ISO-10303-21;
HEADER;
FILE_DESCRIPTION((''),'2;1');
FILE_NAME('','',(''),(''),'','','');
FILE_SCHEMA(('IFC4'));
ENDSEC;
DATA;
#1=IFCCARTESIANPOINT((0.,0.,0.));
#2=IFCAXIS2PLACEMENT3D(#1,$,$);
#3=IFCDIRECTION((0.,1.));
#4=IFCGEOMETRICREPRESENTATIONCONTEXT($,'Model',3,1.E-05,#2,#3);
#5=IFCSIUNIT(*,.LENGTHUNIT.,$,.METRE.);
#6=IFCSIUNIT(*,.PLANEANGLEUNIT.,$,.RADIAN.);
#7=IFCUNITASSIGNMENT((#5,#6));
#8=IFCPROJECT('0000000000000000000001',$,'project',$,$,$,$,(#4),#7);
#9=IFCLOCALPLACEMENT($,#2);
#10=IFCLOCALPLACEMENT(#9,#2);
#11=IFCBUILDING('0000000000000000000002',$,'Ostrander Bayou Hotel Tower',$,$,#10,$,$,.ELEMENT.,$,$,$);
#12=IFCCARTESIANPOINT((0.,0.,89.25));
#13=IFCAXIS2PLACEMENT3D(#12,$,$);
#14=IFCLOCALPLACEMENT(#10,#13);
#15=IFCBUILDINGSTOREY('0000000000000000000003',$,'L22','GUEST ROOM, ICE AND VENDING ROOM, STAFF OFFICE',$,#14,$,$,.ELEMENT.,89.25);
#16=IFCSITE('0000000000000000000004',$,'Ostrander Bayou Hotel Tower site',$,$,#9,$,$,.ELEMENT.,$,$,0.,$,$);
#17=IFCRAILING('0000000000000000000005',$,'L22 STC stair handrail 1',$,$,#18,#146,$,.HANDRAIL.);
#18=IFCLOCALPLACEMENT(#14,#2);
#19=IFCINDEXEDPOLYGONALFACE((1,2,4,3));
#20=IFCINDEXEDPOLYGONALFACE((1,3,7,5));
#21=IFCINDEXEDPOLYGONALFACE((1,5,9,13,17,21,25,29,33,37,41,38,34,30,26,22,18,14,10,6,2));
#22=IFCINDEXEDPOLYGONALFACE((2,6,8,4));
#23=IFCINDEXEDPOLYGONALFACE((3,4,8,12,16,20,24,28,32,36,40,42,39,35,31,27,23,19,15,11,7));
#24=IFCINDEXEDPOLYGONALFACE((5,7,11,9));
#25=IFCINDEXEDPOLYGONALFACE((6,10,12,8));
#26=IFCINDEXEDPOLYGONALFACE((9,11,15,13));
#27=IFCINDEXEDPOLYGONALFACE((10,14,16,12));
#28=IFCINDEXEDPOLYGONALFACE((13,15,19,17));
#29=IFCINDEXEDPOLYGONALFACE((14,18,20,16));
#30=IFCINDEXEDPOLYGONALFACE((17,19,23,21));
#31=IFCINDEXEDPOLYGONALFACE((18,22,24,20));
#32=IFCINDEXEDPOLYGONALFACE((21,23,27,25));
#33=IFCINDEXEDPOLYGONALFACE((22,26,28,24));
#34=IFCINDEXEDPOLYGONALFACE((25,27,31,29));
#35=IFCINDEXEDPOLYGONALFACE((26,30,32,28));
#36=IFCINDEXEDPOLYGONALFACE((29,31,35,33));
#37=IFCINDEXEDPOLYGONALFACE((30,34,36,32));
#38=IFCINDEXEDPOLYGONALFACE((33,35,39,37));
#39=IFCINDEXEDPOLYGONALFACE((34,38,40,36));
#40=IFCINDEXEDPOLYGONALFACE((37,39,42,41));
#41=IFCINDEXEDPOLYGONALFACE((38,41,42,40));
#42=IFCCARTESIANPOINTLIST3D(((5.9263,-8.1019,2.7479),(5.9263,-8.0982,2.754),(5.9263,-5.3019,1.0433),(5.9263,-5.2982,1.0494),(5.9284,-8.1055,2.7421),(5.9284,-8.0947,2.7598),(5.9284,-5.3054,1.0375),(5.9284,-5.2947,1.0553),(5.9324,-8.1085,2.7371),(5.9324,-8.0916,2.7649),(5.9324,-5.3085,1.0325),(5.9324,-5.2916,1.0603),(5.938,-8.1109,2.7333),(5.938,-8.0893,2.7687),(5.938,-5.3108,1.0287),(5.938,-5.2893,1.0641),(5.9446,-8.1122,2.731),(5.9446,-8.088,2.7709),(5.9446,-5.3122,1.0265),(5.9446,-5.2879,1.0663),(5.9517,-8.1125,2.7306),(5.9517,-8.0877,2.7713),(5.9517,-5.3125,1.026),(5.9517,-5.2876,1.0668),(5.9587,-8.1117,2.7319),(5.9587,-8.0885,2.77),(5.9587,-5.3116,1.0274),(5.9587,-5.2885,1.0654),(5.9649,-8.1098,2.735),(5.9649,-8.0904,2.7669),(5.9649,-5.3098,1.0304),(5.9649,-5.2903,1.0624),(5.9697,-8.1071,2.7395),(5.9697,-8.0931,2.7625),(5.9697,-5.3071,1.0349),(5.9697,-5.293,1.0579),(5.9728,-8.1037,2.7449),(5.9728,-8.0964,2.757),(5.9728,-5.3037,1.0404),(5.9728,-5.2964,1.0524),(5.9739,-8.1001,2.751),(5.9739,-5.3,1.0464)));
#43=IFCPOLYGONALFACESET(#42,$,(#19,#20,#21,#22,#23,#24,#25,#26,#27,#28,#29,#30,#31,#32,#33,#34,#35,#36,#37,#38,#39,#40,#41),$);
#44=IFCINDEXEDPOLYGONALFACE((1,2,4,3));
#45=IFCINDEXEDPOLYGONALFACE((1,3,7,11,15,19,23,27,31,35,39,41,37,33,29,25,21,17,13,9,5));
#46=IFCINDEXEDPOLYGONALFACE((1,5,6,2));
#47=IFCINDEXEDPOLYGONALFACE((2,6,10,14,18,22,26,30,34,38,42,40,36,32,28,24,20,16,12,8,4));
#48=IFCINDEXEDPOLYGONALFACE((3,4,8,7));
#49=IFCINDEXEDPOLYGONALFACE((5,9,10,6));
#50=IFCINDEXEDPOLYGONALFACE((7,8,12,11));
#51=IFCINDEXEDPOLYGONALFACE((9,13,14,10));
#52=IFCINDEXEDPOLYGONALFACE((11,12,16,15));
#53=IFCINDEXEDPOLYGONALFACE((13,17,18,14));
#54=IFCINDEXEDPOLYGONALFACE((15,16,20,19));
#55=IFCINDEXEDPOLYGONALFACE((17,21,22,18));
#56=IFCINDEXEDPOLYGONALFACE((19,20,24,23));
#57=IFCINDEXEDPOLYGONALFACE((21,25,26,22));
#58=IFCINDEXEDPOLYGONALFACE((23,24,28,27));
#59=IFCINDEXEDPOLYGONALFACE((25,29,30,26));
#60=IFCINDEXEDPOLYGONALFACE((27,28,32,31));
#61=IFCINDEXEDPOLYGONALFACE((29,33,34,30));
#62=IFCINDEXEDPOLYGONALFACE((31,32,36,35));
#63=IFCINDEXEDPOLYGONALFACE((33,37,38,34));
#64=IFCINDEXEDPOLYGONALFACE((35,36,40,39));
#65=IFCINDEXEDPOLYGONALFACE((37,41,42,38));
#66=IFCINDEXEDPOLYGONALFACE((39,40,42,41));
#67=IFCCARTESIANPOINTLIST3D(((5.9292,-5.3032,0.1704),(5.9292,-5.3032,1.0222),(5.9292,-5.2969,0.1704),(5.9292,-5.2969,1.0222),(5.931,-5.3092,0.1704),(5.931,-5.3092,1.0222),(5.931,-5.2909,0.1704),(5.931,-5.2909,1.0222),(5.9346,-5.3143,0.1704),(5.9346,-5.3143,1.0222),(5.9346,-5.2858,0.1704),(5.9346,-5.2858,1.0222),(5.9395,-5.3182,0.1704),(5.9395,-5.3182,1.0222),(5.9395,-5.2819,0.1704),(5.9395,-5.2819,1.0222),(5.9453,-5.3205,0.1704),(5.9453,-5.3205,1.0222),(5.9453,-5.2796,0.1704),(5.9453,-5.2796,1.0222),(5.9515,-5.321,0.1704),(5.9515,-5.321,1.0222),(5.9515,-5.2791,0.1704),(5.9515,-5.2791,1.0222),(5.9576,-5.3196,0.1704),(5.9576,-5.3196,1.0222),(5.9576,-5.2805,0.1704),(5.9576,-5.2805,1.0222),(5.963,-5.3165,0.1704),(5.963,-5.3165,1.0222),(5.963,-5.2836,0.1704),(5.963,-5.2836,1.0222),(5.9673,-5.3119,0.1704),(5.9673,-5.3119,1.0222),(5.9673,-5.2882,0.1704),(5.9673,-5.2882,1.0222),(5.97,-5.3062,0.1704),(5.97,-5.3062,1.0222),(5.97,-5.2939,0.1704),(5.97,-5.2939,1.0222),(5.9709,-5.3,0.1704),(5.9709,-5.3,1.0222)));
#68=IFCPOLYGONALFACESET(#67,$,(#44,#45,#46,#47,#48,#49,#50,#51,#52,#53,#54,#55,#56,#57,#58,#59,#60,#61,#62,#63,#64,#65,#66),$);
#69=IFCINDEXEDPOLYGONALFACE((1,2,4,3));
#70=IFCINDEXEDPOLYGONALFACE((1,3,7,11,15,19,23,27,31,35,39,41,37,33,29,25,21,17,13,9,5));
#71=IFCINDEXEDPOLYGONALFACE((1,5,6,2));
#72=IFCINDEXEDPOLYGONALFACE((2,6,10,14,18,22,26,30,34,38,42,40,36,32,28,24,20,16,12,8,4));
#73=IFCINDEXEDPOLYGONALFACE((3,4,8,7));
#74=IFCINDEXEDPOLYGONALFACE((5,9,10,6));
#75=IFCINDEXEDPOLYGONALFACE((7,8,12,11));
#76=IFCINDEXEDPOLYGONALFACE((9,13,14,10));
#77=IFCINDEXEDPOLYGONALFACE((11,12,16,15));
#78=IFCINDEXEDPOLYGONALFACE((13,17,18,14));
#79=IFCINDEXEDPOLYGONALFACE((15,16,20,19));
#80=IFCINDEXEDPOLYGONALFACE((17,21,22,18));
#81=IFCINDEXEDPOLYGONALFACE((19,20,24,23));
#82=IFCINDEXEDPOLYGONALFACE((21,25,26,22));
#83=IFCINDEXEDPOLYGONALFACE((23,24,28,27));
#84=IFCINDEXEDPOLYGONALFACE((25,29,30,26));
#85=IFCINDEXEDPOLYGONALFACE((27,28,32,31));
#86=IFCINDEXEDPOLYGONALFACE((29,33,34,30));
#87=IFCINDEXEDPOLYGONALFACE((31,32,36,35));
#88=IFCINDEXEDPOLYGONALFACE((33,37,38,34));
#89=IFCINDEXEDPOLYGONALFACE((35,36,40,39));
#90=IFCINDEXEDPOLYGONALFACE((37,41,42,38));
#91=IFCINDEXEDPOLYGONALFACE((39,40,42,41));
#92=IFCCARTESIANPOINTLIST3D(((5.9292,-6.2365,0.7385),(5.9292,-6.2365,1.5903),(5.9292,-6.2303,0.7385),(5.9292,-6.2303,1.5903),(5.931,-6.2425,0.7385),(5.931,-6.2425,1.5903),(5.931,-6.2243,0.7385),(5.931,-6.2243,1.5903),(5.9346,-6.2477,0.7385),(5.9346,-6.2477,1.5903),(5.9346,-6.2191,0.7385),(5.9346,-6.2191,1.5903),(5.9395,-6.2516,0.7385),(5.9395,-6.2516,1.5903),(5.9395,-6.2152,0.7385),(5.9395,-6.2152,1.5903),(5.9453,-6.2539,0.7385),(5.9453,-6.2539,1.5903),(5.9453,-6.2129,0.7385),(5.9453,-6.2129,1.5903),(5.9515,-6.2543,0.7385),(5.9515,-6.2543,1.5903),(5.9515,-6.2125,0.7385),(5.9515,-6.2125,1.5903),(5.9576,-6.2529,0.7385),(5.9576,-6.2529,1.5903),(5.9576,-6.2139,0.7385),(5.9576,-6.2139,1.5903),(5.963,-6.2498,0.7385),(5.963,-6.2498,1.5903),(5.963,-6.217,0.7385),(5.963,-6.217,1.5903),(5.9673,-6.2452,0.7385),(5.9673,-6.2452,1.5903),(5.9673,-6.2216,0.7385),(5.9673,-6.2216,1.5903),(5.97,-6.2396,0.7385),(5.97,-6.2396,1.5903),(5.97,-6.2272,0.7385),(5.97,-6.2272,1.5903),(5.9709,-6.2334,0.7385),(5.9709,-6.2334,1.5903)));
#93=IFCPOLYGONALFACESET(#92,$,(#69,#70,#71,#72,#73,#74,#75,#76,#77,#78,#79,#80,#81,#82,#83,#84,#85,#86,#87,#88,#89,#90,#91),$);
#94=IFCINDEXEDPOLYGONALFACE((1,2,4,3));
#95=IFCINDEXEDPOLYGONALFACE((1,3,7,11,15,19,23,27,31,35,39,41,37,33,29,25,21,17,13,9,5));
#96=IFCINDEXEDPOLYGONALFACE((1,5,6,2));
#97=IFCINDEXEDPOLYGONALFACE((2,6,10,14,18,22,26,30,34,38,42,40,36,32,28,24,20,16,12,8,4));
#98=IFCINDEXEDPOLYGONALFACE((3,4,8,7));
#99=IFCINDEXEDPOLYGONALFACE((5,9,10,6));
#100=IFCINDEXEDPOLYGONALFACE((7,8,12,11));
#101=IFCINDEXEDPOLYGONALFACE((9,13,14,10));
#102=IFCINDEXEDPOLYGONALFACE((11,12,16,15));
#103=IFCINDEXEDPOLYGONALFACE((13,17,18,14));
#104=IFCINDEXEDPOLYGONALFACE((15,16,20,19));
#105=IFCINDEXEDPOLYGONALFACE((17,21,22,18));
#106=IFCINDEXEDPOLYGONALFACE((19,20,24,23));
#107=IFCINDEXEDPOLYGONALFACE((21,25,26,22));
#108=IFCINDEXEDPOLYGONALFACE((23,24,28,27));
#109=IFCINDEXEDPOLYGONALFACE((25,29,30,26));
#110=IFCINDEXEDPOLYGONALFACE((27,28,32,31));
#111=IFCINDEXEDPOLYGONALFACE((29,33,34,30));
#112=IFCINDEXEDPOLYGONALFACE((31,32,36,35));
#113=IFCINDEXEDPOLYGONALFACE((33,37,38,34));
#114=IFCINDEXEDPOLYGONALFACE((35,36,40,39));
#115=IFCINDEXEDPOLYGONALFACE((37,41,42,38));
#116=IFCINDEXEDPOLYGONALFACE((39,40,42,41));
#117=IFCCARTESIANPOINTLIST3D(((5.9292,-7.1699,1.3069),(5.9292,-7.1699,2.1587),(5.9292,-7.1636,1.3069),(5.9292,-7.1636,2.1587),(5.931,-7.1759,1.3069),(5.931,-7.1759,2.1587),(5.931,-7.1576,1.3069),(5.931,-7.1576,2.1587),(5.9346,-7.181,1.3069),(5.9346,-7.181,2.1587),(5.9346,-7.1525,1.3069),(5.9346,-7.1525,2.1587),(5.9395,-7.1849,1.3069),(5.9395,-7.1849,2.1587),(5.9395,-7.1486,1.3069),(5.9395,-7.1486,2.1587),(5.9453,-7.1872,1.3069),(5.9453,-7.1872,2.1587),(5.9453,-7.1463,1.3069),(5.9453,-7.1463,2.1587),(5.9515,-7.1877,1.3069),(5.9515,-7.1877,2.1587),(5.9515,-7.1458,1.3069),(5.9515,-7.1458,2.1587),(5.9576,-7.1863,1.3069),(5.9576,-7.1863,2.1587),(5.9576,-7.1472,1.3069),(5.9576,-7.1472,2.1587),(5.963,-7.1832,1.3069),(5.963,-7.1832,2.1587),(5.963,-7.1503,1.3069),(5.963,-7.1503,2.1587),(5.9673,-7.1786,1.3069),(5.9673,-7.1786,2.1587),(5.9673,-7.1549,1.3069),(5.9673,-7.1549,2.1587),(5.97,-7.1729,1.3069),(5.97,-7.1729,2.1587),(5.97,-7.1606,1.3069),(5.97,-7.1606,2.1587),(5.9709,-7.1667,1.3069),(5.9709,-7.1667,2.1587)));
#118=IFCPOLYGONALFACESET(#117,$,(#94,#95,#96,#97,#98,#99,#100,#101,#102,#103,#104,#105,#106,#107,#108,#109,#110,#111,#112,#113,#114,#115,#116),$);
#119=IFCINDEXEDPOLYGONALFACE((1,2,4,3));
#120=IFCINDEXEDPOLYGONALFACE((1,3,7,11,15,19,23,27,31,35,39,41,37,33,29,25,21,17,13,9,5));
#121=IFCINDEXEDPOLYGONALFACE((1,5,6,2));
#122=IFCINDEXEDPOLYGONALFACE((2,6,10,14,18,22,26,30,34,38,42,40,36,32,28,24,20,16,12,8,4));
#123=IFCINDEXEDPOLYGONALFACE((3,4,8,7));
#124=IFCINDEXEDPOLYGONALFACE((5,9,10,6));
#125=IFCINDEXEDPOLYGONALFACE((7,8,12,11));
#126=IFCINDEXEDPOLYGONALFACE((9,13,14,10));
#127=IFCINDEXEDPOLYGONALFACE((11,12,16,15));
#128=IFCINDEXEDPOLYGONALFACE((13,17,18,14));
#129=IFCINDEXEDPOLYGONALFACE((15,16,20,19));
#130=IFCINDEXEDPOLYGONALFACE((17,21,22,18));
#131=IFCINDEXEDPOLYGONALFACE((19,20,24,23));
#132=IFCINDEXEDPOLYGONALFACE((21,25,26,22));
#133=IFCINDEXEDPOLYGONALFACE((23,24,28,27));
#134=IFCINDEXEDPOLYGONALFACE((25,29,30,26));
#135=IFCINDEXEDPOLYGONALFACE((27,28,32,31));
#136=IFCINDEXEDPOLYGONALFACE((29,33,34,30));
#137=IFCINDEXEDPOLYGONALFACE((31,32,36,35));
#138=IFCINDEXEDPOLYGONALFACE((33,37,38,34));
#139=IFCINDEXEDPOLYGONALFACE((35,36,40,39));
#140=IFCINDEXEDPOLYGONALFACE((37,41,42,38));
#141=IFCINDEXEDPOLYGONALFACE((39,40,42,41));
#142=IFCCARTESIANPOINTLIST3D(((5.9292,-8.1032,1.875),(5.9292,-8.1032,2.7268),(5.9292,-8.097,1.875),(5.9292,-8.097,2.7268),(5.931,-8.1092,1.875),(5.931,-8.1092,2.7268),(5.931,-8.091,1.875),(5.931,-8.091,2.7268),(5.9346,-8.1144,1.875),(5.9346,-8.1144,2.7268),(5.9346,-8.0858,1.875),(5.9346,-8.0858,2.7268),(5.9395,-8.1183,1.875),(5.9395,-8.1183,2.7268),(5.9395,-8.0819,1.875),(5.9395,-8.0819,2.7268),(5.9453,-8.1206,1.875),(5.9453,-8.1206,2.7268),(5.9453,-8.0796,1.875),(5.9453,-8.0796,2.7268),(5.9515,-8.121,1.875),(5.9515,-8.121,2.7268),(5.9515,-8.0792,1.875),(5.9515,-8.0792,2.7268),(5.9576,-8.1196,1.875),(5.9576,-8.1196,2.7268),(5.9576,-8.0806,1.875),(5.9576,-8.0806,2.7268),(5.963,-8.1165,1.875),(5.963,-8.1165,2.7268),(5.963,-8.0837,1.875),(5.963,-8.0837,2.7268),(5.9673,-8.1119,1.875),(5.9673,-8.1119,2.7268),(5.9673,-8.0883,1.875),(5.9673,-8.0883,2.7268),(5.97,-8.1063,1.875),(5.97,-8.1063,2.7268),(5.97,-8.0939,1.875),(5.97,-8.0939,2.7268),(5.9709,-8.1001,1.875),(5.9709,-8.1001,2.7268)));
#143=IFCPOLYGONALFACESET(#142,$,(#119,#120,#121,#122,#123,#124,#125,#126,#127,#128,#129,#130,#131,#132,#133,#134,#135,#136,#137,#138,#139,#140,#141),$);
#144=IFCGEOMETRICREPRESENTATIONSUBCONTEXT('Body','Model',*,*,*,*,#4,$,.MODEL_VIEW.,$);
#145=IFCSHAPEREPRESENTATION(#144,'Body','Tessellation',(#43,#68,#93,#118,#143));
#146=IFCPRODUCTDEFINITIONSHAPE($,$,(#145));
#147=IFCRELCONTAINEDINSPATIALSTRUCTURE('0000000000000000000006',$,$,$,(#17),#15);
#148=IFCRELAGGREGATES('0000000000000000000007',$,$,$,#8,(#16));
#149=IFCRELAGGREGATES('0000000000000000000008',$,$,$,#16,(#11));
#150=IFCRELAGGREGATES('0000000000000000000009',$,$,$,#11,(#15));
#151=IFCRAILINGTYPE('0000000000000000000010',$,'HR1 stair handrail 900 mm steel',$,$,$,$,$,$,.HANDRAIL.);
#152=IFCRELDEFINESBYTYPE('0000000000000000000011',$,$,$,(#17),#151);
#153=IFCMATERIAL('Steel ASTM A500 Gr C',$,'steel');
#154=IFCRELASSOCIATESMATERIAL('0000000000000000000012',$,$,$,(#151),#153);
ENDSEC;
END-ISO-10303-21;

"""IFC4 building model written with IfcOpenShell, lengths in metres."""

from ifc_helpers import new_model, si_unit, direction, frame, origin, origin_2d, place, context, subcontext, project, spatial, circle, extrude, material, type_object, element, save


model = new_model("IFC4")

# Units and contexts
model_context = context("Model", 3, precision=1e-05, world=origin(), true_north=direction((0.0, 1.0)))
body_context = subcontext(model_context, "Body", "Model", "MODEL_VIEW")
ifc_project = project(units=[si_unit("LENGTHUNIT", "METRE"), si_unit("PLANEANGLEUNIT", "RADIAN")], contexts=[model_context])

# Site, building, storey
site_placement = place(None, origin())
site = spatial("IfcSite", under=ifc_project, at=site_placement, Name="Ostrander Bayou Hotel Tower site", CompositionType="ELEMENT", RefElevation=0.0)
building_placement = place(site_placement, origin())
building = spatial("IfcBuilding", under=site, at=building_placement, Name="Ostrander Bayou Hotel Tower", CompositionType="ELEMENT")
storey_placement = place(building_placement, frame((0.0, 0.0, 89.25)))
storey = spatial("IfcBuildingStorey", under=building, at=storey_placement, Name="L22", Description="GUEST ROOM, ICE AND VENDING ROOM, STAFF OFFICE", CompositionType="ELEMENT", Elevation=89.25)

# Railing
ifc_material_1 = material(Name="Steel ASTM A500 Gr C", Category="steel")
railing_type_1 = type_object("IfcRailingType", Name="HR1 stair handrail 900 mm steel", PredefinedType="HANDRAIL", material=ifc_material_1)
railing_1_placement = place(storey_placement, frame((5.95, -5.3, 0.1704)))
element("IfcRailing", 1, at=railing_1_placement, inside=storey, type_object=railing_type_1, Name="L22 STC stair handrail 1", PredefinedType="HANDRAIL", context=body_context, shape_type="SweptSolid", body=[
    extrude(circle(Radius=0.0239, at=origin_2d()), frame((0.0, 0.0, 0.876), z_axis=(0.0, -0.85417, 0.519994), x_axis=(1.0, 0.0, 0.0)), (0.0, 0.0, 1.0), 3.2781),
    extrude(circle(Radius=0.021, at=origin_2d()), origin(), (0.0, 0.0, 1.0), 0.8518),
    extrude(circle(Radius=0.021, at=origin_2d()), frame((0.0, -0.9333, 0.5681)), (0.0, 0.0, 1.0), 0.8518),
    extrude(circle(Radius=0.021, at=origin_2d()), frame((0.0, -1.8667, 1.1365)), (0.0, 0.0, 1.0), 0.8518),
    extrude(circle(Radius=0.021, at=origin_2d()), frame((0.0, -2.8, 1.7046)), (0.0, 0.0, 1.0), 0.8518),
])

save(model, "model.ifc")
